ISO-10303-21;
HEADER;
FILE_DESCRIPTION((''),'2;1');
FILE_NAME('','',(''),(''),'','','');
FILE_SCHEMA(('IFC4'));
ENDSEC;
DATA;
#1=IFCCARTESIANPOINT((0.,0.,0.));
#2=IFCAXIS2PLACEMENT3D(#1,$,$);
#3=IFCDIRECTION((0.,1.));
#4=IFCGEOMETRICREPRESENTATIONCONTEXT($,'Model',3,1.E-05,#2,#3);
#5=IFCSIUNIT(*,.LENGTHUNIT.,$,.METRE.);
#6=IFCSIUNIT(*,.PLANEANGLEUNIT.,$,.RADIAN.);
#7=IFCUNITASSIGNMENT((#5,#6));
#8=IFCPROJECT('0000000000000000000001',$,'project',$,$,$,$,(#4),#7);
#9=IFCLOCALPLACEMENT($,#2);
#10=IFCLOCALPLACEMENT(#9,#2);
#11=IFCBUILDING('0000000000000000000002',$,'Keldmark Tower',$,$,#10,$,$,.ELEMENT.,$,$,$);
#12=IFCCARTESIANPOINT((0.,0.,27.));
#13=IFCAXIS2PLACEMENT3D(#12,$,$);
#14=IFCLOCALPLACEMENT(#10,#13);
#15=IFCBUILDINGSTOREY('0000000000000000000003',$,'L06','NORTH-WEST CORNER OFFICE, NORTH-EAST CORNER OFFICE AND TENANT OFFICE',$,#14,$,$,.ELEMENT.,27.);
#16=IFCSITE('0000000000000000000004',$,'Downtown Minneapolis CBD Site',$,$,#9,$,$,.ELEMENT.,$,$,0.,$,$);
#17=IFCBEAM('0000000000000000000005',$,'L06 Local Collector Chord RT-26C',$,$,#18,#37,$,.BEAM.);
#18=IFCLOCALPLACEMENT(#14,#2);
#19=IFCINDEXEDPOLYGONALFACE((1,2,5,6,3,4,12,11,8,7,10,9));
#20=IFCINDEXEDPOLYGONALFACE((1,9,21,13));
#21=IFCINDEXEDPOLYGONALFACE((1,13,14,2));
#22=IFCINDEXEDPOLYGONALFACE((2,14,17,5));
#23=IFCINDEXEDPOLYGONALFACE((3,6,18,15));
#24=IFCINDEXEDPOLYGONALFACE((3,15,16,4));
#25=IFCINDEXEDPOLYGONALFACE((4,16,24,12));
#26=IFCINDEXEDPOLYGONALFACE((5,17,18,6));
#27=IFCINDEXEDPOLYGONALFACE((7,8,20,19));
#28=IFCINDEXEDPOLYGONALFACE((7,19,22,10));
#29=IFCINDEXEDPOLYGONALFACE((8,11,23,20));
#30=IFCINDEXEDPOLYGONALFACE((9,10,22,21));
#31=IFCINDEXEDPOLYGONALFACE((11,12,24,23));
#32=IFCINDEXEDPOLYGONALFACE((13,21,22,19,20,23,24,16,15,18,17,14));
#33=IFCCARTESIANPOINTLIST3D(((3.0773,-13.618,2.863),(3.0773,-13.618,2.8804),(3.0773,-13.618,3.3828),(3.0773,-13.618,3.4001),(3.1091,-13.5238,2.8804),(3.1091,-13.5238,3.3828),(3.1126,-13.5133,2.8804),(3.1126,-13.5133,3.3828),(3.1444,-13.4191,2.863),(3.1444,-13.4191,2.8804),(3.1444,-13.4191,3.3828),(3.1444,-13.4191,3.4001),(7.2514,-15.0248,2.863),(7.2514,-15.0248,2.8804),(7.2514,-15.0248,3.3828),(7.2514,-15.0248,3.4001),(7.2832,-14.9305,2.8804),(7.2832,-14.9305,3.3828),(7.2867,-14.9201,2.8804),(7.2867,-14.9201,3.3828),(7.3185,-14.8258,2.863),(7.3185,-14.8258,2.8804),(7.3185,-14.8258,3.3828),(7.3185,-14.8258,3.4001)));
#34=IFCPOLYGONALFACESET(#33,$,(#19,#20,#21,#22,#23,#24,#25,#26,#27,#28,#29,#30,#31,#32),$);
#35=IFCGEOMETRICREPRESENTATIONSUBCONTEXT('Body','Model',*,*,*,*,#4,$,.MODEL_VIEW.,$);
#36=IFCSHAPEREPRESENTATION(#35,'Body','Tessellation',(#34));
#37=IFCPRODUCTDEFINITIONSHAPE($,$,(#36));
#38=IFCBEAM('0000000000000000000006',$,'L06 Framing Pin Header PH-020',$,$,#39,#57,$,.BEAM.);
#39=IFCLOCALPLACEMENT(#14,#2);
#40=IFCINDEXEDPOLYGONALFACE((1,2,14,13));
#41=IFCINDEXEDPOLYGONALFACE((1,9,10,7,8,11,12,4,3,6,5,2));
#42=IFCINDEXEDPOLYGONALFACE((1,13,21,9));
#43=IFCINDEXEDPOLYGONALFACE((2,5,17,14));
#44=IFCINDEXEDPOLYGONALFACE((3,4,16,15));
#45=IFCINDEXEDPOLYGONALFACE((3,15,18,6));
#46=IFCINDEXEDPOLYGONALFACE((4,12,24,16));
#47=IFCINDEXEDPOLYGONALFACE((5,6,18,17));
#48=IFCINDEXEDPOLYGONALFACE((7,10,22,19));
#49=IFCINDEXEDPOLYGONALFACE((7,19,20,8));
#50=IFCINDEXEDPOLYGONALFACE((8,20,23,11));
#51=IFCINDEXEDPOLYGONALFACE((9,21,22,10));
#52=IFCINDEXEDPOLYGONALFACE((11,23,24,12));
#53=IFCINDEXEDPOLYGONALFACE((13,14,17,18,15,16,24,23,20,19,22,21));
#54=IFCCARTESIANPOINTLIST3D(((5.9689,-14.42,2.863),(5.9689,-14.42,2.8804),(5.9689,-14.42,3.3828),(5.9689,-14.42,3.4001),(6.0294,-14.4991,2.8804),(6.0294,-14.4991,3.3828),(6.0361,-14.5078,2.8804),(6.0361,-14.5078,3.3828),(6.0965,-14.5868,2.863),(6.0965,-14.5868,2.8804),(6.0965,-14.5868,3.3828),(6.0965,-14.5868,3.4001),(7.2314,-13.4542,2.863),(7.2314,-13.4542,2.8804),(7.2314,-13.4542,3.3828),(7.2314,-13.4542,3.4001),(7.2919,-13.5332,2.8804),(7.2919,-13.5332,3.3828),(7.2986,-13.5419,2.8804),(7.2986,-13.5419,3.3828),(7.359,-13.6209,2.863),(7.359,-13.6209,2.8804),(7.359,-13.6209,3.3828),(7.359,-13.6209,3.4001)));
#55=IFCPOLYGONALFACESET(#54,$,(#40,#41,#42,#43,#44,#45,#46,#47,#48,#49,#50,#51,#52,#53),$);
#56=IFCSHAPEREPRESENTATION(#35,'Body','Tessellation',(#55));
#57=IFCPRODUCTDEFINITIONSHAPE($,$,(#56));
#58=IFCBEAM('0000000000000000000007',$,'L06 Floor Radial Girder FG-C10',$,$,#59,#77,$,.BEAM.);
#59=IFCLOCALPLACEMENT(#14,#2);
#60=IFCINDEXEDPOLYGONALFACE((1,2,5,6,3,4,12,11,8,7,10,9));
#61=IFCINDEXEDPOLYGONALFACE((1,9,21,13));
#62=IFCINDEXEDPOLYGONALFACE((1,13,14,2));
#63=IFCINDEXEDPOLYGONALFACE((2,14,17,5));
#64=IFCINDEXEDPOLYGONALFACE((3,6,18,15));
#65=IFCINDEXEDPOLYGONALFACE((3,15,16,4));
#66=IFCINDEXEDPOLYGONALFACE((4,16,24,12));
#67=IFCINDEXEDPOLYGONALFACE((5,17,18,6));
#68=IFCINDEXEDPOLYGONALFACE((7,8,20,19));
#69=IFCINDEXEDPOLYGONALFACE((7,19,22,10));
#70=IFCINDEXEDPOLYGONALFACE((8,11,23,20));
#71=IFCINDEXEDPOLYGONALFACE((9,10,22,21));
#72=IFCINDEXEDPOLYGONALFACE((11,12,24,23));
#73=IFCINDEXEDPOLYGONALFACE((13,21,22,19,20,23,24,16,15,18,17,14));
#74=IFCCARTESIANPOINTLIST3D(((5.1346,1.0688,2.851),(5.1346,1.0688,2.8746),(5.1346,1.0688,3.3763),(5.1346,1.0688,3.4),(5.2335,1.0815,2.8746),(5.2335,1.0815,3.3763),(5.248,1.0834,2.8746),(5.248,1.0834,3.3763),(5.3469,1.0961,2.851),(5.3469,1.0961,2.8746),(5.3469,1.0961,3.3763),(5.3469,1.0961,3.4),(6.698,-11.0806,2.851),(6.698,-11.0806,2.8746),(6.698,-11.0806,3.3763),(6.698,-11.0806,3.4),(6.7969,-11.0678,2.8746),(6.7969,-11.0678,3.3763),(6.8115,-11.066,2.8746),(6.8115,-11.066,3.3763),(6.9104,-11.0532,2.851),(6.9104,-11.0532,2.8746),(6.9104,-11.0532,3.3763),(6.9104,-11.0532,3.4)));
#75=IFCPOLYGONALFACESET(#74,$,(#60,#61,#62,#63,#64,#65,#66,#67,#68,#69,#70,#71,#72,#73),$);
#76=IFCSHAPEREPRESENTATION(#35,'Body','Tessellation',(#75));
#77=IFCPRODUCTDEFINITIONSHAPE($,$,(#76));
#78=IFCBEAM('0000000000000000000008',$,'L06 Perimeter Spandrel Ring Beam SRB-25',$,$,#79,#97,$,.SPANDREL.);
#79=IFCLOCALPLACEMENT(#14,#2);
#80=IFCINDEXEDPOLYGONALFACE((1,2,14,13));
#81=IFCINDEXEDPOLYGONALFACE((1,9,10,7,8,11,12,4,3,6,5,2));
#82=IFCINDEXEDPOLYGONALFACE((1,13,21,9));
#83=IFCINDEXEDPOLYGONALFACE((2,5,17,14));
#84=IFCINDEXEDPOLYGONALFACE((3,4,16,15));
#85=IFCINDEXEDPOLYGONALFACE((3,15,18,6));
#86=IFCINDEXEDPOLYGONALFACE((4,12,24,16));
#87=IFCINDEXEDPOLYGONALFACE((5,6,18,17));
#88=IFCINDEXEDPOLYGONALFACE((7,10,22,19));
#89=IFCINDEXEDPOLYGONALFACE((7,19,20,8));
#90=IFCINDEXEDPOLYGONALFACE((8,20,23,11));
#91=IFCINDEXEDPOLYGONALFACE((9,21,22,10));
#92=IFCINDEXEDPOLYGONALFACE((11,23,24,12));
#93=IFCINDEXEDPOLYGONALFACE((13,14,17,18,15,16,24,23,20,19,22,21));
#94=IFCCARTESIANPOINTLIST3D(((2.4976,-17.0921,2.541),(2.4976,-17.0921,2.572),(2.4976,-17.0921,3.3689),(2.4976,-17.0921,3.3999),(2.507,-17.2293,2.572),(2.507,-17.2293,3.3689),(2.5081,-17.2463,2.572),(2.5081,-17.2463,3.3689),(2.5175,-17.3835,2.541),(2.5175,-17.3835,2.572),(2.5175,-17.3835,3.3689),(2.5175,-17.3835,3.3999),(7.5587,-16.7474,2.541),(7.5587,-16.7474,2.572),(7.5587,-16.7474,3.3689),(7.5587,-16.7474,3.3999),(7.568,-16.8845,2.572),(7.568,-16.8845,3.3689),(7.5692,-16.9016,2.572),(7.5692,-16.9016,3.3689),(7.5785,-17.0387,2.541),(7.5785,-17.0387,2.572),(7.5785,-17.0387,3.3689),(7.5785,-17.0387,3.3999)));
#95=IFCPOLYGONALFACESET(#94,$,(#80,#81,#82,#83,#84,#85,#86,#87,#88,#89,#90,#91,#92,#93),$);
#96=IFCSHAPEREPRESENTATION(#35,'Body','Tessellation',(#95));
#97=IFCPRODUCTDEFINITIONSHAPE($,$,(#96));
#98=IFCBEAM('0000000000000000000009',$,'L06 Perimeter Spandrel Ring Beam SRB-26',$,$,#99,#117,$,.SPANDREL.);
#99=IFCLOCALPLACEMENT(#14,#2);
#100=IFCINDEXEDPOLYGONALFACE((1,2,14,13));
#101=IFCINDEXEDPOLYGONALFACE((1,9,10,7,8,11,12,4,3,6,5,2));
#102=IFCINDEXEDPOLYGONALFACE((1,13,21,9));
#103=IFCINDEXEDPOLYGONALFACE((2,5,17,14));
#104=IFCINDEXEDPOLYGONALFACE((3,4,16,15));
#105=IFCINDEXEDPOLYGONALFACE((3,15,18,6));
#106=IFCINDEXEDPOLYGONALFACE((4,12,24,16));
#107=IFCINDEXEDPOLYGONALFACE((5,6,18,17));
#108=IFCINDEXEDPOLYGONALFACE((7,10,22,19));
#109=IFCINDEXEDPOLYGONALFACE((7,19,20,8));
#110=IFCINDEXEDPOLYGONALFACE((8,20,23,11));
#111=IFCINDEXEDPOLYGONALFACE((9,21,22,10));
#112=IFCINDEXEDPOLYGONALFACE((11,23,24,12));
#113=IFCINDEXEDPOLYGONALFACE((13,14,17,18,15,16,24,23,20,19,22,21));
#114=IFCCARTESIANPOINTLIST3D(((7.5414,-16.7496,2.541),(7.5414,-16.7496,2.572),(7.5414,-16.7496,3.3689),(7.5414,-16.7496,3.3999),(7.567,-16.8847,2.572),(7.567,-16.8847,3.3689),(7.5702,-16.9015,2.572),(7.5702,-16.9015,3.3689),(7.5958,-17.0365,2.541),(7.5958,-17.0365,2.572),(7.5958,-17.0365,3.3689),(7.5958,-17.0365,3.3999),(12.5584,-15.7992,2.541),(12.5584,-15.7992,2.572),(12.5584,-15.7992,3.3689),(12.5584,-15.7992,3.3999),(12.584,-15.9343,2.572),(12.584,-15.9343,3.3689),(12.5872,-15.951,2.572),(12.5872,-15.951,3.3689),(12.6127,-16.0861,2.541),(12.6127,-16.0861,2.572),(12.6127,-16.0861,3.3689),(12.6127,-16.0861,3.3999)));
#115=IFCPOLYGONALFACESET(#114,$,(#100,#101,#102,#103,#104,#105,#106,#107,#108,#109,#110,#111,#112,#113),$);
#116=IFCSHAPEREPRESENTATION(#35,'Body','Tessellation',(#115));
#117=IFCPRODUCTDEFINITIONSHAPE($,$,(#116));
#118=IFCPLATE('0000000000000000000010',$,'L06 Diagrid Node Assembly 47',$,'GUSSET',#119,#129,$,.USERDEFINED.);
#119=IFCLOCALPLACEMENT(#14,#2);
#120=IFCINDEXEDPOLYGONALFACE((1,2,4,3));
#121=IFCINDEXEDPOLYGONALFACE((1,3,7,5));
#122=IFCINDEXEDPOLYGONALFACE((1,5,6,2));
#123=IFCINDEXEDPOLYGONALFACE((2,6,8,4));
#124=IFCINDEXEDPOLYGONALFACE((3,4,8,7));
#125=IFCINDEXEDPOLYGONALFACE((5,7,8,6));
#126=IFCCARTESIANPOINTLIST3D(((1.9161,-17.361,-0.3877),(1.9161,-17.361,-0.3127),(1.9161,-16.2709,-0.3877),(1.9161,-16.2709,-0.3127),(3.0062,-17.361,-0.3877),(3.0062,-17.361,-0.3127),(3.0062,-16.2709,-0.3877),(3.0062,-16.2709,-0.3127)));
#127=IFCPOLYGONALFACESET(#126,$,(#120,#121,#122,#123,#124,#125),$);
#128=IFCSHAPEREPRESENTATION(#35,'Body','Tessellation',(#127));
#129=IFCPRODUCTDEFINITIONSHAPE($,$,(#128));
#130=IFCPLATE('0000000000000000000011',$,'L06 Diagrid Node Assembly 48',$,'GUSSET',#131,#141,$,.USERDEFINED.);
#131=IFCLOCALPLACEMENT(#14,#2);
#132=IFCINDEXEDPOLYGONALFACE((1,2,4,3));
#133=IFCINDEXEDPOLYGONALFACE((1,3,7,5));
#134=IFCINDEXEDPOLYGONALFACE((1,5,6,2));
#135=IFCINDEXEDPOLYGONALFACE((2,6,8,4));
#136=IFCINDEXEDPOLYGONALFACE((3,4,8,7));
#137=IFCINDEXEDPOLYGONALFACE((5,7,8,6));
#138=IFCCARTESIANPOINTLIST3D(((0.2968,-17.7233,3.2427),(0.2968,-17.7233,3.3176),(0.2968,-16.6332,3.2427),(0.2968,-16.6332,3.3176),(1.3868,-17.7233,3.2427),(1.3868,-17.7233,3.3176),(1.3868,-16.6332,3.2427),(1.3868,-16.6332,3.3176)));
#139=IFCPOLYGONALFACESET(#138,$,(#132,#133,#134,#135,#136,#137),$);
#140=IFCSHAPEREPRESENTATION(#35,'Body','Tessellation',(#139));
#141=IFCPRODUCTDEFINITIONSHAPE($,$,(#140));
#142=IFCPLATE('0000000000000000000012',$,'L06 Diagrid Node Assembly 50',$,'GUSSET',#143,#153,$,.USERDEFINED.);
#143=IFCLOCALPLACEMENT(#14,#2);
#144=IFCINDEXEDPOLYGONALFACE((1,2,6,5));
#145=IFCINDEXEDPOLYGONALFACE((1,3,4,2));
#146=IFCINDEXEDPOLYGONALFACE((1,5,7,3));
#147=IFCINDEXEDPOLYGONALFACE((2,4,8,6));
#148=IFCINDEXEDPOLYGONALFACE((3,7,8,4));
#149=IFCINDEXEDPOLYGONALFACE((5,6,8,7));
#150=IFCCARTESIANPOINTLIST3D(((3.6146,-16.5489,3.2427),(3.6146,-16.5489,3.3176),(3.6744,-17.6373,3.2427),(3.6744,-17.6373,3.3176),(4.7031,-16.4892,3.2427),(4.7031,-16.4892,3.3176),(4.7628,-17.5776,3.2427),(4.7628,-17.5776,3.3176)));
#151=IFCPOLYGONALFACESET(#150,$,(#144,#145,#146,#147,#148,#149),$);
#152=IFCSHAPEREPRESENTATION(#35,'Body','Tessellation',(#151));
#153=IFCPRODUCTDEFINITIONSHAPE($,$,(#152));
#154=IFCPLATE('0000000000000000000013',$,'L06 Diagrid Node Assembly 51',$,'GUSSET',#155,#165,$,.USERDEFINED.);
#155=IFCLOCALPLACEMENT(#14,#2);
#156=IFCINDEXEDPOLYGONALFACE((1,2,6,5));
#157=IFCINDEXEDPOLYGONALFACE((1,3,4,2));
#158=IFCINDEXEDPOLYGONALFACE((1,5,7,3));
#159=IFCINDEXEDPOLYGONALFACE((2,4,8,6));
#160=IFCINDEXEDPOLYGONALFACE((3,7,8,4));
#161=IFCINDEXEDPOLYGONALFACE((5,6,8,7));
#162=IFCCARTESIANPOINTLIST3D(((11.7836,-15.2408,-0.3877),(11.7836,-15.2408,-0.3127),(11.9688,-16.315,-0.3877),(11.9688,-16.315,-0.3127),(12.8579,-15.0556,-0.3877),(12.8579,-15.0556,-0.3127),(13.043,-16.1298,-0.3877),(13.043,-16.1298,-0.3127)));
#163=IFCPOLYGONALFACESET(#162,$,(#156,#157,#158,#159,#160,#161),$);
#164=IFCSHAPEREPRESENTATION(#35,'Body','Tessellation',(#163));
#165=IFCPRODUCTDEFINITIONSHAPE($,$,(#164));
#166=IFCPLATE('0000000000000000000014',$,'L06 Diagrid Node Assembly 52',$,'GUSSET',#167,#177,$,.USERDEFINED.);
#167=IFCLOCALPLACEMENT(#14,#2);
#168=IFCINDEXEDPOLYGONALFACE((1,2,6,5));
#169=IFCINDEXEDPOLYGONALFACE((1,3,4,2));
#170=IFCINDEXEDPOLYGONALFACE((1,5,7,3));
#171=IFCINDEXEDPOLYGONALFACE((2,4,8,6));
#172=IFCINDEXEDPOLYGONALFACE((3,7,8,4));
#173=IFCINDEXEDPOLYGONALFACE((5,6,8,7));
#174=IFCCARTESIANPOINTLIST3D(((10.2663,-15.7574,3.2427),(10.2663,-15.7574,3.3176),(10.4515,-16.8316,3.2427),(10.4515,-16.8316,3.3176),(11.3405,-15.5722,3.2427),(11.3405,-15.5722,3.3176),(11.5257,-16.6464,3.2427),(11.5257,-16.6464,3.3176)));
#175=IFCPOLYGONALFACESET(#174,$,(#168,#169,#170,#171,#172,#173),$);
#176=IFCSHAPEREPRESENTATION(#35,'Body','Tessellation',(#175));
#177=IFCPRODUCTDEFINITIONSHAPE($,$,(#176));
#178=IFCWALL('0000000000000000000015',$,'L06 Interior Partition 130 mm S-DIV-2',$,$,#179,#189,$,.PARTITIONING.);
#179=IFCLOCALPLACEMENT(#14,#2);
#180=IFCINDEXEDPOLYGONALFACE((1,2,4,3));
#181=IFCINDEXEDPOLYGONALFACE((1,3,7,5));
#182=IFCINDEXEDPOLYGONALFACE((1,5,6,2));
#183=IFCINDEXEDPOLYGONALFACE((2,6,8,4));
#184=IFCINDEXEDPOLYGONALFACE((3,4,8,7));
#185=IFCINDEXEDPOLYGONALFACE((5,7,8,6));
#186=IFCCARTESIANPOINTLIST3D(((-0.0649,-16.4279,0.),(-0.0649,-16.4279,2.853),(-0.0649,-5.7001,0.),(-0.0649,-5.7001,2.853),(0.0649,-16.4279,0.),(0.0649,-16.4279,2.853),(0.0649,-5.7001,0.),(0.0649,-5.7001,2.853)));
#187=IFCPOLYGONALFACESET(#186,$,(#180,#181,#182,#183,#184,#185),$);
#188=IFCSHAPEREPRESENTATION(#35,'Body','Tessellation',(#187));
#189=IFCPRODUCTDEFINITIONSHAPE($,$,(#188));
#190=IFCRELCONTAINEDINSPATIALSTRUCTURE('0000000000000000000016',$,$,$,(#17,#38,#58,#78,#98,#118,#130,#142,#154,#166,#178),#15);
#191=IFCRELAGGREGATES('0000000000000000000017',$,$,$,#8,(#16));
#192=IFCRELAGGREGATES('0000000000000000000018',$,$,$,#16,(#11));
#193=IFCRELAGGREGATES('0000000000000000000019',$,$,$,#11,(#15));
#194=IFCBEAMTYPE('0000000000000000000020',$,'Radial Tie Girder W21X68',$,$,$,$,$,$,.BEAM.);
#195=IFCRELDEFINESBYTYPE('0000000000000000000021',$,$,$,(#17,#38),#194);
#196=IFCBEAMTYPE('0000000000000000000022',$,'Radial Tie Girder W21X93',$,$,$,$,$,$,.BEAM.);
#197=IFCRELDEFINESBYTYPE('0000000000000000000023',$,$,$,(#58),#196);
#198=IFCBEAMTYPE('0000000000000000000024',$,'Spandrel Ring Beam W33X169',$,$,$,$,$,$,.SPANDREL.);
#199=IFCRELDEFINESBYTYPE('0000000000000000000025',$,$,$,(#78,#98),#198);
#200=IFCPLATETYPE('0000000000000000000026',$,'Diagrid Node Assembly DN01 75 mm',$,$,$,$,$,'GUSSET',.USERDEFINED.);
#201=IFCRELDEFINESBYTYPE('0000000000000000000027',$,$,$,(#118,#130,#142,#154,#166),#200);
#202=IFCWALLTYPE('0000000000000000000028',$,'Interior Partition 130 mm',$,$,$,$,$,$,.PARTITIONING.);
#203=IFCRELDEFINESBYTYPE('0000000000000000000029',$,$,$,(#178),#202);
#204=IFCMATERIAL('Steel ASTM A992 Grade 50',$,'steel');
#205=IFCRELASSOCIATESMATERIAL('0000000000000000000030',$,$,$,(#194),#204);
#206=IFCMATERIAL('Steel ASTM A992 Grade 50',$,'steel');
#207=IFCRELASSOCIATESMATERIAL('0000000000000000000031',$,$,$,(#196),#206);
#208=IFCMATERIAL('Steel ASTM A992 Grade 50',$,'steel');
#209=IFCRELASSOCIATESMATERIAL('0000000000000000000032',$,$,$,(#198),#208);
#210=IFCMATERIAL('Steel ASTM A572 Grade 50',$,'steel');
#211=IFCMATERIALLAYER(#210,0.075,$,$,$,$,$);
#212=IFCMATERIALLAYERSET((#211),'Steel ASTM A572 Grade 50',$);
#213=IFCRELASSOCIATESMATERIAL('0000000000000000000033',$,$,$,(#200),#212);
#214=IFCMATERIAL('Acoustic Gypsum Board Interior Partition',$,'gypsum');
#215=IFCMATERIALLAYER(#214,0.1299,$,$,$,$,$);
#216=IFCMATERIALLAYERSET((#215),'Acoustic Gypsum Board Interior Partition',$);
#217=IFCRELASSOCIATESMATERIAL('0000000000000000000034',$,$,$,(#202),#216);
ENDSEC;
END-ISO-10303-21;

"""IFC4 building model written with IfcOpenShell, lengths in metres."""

from ifc_helpers import new_model, si_unit, direction, frame, frame_2d, origin, origin_2d, place, context, subcontext, project, spatial, rectangle, i_section, extrude, material, layer, layer_set, material_profile, profile_set, type_object, element, save


model = new_model("IFC4")

# Units and contexts
model_context = context("Model", 3, precision=1e-05, world=origin(), true_north=direction((0.0, 1.0)))
body_context = subcontext(model_context, "Body", "Model", "MODEL_VIEW")
ifc_project = project(units=[si_unit("LENGTHUNIT", "METRE"), si_unit("PLANEANGLEUNIT", "RADIAN")], contexts=[model_context])

# Site, building, storey
site_placement = place(None, origin())
site = spatial("IfcSite", under=ifc_project, at=site_placement, Name="Downtown Minneapolis CBD Site", CompositionType="ELEMENT", RefElevation=0.0)
building_placement = place(site_placement, origin())
building = spatial("IfcBuilding", under=site, at=building_placement, Name="Keldmark Tower", CompositionType="ELEMENT")
storey_placement = place(building_placement, frame((0.0, 0.0, 27.0)))
storey = spatial("IfcBuildingStorey", under=building, at=storey_placement, Name="L06", Description="NORTH-WEST CORNER OFFICE, NORTH-EAST CORNER OFFICE AND TENANT OFFICE", CompositionType="ELEMENT", Elevation=27.0)

# Beams
ifc_material_1 = material(Name="Steel ASTM A992 Grade 50", Category="steel")
ifc_material_profile_1 = material_profile(ifc_material_1, i_section(OverallWidth=0.21, OverallDepth=0.5371, WebThickness=0.011, FlangeThickness=0.0173, at=origin_2d()), Name="W21X68")
ifc_profile_set_1 = profile_set([ifc_material_profile_1], Name="Steel ASTM A992 Grade 50")
beam_type_1 = type_object("IfcBeamType", Name="Radial Tie Girder W21X68", PredefinedType="BEAM", material=ifc_profile_set_1)
beam_1_placement = place(storey_placement, frame((3.1108, -13.5186, 3.1316), z_axis=(0.947631, -0.319369, 0.0), x_axis=(0.319369, 0.947631, 0.0)))
element("IfcBeam", 1, at=beam_1_placement, inside=storey, type_object=beam_type_1, Name="L06 Local Collector Chord RT-26C", PredefinedType="BEAM", context=body_context, shape_type="SweptSolid", body=[
    extrude(i_section(OverallWidth=0.21, OverallDepth=0.5371, WebThickness=0.011, FlangeThickness=0.0173, at=origin_2d()), origin(), (0.0, 0.0, 1.0), 4.4048),
])
beam_2_placement = place(storey_placement, frame((6.0327, -14.5034, 3.1316), z_axis=(0.794231, 0.607615, 0.0), x_axis=(-0.607615, 0.794231, 0.0)))
element("IfcBeam", 2, at=beam_2_placement, inside=storey, type_object=beam_type_1, Name="L06 Framing Pin Header PH-020", PredefinedType="BEAM", context=body_context, shape_type="SweptSolid", body=[
    extrude(i_section(OverallWidth=0.21, OverallDepth=0.5371, WebThickness=0.011, FlangeThickness=0.0173, at=origin_2d()), origin(), (0.0, 0.0, 1.0), 1.5896),
])
ifc_material_2 = material(Name="Steel ASTM A992 Grade 50", Category="steel")
ifc_material_profile_2 = material_profile(ifc_material_2, i_section(OverallWidth=0.2141, OverallDepth=0.5491, WebThickness=0.0146, FlangeThickness=0.0237, at=origin_2d()), Name="W21X93")
ifc_profile_set_2 = profile_set([ifc_material_profile_2], Name="Steel ASTM A992 Grade 50")
beam_type_2 = type_object("IfcBeamType", Name="Radial Tie Girder W21X93", PredefinedType="BEAM", material=ifc_profile_set_2)
beam_3_placement = place(storey_placement, frame((6.8042, -11.0669, 3.1255), z_axis=(-0.127635, 0.991821, 0.0), x_axis=(-0.991821, -0.127635, 0.0)))
element("IfcBeam", 3, at=beam_3_placement, inside=storey, type_object=beam_type_2, Name="L06 Floor Radial Girder FG-C10", PredefinedType="BEAM", context=body_context, shape_type="SweptSolid", body=[
    extrude(i_section(OverallWidth=0.2141, OverallDepth=0.5491, WebThickness=0.0146, FlangeThickness=0.0237, at=origin_2d()), origin(), (0.0, 0.0, 1.0), 12.2495),
])
ifc_material_3 = material(Name="Steel ASTM A992 Grade 50", Category="steel")
ifc_material_profile_3 = material_profile(ifc_material_3, i_section(OverallWidth=0.292, OverallDepth=0.8589, WebThickness=0.0171, FlangeThickness=0.031, at=origin_2d()), Name="W33X169")
ifc_profile_set_3 = profile_set([ifc_material_profile_3], Name="Steel ASTM A992 Grade 50")
beam_type_3 = type_object("IfcBeamType", Name="Spandrel Ring Beam W33X169", PredefinedType="SPANDREL", material=ifc_profile_set_3)
beam_4_placement = place(storey_placement, frame((2.5076, -17.2378, 2.9705), z_axis=(0.997688, 0.067956, 0.0), x_axis=(-0.067956, 0.997688, 0.0)))
element("IfcBeam", 4, at=beam_4_placement, inside=storey, type_object=beam_type_3, Name="L06 Perimeter Spandrel Ring Beam SRB-25", PredefinedType="SPANDREL", context=body_context, shape_type="SweptSolid", body=[
    extrude(i_section(OverallWidth=0.292, OverallDepth=0.8589, WebThickness=0.0171, FlangeThickness=0.031, at=origin_2d()), origin(), (0.0, 0.0, 1.0), 5.0728),
])
beam_5_placement = place(storey_placement, frame((7.5686, -16.8931, 2.9705), z_axis=(0.982525, 0.18613, 0.0), x_axis=(-0.18613, 0.982525, 0.0)))
element("IfcBeam", 5, at=beam_5_placement, inside=storey, type_object=beam_type_3, Name="L06 Perimeter Spandrel Ring Beam SRB-26", PredefinedType="SPANDREL", context=body_context, shape_type="SweptSolid", body=[
    extrude(i_section(OverallWidth=0.292, OverallDepth=0.8589, WebThickness=0.0171, FlangeThickness=0.031, at=origin_2d()), origin(), (0.0, 0.0, 1.0), 5.1062),
])

# Plates
ifc_material_4 = material(Name="Steel ASTM A572 Grade 50", Category="steel")
ifc_layer_1 = layer(ifc_material_4, 0.075)
ifc_layer_set_1 = layer_set([ifc_layer_1], Name="Steel ASTM A572 Grade 50")
plate_type = type_object("IfcPlateType", Name="Diagrid Node Assembly DN01 75 mm", ElementType="GUSSET", PredefinedType="USERDEFINED", material=ifc_layer_set_1)
for number, where, z_axis, x_axis, name in (
    (6, (2.4612, -16.8159, -0.3877), (0.0, 0.0, 1.0), (1.0, 0.0, 0.0), "L06 Diagrid Node Assembly 47"),
    (7, (0.8418, -17.1782, 3.2427), (0.0, 0.0, 1.0), (1.0, 0.0, 0.0), "L06 Diagrid Node Assembly 48"),
    (8, (4.1887, -17.0632, 3.2427), (0.0, 0.0, 1.0), (0.998499, 0.054776, 0.0), "L06 Diagrid Node Assembly 50"),
    (9, (12.4133, -15.6853, -0.3877), (0.0, 0.0, 1.0), (0.985467, 0.169866, 0.0), "L06 Diagrid Node Assembly 51"),
    (10, (10.896, -16.2019, 3.2427), (0.0, 0.0, 1.0), (0.985467, 0.169866, 0.0), "L06 Diagrid Node Assembly 52"),
):
    element("IfcPlate", number, at=place(storey_placement, frame(where, z_axis=z_axis, x_axis=x_axis)), inside=storey, type_object=plate_type, Name=name, ObjectType="GUSSET", PredefinedType="USERDEFINED", context=body_context, shape_type="SweptSolid", body=[
        extrude(rectangle(XDim=1.0901, YDim=1.0901, at=origin_2d()), origin(), (0.0, 0.0, 1.0), 0.075),
    ])

# Wall
ifc_material_5 = material(Name="Acoustic Gypsum Board Interior Partition", Category="gypsum")
ifc_layer_2 = layer(ifc_material_5, 0.1299)
ifc_layer_set_2 = layer_set([ifc_layer_2], Name="Acoustic Gypsum Board Interior Partition")
wall_type_1 = type_object("IfcWallType", Name="Interior Partition 130 mm", PredefinedType="PARTITIONING", material=ifc_layer_set_2)
wall_1_placement = place(storey_placement, frame((0.0, -16.4277, 0.0), z_axis=(0.0, 0.0, 1.0), x_axis=(0.0, 1.0, 0.0)))
element("IfcWall", 11, at=wall_1_placement, inside=storey, type_object=wall_type_1, Name="L06 Interior Partition 130 mm S-DIV-2", PredefinedType="PARTITIONING", context=body_context, shape_type="SweptSolid", body=[
    extrude(rectangle(XDim=10.7278, YDim=0.1299, at=frame_2d((5.3638, 0.0))), origin(), (0.0, 0.0, 1.0), 2.853),
])

save(model, "model.ifc")
